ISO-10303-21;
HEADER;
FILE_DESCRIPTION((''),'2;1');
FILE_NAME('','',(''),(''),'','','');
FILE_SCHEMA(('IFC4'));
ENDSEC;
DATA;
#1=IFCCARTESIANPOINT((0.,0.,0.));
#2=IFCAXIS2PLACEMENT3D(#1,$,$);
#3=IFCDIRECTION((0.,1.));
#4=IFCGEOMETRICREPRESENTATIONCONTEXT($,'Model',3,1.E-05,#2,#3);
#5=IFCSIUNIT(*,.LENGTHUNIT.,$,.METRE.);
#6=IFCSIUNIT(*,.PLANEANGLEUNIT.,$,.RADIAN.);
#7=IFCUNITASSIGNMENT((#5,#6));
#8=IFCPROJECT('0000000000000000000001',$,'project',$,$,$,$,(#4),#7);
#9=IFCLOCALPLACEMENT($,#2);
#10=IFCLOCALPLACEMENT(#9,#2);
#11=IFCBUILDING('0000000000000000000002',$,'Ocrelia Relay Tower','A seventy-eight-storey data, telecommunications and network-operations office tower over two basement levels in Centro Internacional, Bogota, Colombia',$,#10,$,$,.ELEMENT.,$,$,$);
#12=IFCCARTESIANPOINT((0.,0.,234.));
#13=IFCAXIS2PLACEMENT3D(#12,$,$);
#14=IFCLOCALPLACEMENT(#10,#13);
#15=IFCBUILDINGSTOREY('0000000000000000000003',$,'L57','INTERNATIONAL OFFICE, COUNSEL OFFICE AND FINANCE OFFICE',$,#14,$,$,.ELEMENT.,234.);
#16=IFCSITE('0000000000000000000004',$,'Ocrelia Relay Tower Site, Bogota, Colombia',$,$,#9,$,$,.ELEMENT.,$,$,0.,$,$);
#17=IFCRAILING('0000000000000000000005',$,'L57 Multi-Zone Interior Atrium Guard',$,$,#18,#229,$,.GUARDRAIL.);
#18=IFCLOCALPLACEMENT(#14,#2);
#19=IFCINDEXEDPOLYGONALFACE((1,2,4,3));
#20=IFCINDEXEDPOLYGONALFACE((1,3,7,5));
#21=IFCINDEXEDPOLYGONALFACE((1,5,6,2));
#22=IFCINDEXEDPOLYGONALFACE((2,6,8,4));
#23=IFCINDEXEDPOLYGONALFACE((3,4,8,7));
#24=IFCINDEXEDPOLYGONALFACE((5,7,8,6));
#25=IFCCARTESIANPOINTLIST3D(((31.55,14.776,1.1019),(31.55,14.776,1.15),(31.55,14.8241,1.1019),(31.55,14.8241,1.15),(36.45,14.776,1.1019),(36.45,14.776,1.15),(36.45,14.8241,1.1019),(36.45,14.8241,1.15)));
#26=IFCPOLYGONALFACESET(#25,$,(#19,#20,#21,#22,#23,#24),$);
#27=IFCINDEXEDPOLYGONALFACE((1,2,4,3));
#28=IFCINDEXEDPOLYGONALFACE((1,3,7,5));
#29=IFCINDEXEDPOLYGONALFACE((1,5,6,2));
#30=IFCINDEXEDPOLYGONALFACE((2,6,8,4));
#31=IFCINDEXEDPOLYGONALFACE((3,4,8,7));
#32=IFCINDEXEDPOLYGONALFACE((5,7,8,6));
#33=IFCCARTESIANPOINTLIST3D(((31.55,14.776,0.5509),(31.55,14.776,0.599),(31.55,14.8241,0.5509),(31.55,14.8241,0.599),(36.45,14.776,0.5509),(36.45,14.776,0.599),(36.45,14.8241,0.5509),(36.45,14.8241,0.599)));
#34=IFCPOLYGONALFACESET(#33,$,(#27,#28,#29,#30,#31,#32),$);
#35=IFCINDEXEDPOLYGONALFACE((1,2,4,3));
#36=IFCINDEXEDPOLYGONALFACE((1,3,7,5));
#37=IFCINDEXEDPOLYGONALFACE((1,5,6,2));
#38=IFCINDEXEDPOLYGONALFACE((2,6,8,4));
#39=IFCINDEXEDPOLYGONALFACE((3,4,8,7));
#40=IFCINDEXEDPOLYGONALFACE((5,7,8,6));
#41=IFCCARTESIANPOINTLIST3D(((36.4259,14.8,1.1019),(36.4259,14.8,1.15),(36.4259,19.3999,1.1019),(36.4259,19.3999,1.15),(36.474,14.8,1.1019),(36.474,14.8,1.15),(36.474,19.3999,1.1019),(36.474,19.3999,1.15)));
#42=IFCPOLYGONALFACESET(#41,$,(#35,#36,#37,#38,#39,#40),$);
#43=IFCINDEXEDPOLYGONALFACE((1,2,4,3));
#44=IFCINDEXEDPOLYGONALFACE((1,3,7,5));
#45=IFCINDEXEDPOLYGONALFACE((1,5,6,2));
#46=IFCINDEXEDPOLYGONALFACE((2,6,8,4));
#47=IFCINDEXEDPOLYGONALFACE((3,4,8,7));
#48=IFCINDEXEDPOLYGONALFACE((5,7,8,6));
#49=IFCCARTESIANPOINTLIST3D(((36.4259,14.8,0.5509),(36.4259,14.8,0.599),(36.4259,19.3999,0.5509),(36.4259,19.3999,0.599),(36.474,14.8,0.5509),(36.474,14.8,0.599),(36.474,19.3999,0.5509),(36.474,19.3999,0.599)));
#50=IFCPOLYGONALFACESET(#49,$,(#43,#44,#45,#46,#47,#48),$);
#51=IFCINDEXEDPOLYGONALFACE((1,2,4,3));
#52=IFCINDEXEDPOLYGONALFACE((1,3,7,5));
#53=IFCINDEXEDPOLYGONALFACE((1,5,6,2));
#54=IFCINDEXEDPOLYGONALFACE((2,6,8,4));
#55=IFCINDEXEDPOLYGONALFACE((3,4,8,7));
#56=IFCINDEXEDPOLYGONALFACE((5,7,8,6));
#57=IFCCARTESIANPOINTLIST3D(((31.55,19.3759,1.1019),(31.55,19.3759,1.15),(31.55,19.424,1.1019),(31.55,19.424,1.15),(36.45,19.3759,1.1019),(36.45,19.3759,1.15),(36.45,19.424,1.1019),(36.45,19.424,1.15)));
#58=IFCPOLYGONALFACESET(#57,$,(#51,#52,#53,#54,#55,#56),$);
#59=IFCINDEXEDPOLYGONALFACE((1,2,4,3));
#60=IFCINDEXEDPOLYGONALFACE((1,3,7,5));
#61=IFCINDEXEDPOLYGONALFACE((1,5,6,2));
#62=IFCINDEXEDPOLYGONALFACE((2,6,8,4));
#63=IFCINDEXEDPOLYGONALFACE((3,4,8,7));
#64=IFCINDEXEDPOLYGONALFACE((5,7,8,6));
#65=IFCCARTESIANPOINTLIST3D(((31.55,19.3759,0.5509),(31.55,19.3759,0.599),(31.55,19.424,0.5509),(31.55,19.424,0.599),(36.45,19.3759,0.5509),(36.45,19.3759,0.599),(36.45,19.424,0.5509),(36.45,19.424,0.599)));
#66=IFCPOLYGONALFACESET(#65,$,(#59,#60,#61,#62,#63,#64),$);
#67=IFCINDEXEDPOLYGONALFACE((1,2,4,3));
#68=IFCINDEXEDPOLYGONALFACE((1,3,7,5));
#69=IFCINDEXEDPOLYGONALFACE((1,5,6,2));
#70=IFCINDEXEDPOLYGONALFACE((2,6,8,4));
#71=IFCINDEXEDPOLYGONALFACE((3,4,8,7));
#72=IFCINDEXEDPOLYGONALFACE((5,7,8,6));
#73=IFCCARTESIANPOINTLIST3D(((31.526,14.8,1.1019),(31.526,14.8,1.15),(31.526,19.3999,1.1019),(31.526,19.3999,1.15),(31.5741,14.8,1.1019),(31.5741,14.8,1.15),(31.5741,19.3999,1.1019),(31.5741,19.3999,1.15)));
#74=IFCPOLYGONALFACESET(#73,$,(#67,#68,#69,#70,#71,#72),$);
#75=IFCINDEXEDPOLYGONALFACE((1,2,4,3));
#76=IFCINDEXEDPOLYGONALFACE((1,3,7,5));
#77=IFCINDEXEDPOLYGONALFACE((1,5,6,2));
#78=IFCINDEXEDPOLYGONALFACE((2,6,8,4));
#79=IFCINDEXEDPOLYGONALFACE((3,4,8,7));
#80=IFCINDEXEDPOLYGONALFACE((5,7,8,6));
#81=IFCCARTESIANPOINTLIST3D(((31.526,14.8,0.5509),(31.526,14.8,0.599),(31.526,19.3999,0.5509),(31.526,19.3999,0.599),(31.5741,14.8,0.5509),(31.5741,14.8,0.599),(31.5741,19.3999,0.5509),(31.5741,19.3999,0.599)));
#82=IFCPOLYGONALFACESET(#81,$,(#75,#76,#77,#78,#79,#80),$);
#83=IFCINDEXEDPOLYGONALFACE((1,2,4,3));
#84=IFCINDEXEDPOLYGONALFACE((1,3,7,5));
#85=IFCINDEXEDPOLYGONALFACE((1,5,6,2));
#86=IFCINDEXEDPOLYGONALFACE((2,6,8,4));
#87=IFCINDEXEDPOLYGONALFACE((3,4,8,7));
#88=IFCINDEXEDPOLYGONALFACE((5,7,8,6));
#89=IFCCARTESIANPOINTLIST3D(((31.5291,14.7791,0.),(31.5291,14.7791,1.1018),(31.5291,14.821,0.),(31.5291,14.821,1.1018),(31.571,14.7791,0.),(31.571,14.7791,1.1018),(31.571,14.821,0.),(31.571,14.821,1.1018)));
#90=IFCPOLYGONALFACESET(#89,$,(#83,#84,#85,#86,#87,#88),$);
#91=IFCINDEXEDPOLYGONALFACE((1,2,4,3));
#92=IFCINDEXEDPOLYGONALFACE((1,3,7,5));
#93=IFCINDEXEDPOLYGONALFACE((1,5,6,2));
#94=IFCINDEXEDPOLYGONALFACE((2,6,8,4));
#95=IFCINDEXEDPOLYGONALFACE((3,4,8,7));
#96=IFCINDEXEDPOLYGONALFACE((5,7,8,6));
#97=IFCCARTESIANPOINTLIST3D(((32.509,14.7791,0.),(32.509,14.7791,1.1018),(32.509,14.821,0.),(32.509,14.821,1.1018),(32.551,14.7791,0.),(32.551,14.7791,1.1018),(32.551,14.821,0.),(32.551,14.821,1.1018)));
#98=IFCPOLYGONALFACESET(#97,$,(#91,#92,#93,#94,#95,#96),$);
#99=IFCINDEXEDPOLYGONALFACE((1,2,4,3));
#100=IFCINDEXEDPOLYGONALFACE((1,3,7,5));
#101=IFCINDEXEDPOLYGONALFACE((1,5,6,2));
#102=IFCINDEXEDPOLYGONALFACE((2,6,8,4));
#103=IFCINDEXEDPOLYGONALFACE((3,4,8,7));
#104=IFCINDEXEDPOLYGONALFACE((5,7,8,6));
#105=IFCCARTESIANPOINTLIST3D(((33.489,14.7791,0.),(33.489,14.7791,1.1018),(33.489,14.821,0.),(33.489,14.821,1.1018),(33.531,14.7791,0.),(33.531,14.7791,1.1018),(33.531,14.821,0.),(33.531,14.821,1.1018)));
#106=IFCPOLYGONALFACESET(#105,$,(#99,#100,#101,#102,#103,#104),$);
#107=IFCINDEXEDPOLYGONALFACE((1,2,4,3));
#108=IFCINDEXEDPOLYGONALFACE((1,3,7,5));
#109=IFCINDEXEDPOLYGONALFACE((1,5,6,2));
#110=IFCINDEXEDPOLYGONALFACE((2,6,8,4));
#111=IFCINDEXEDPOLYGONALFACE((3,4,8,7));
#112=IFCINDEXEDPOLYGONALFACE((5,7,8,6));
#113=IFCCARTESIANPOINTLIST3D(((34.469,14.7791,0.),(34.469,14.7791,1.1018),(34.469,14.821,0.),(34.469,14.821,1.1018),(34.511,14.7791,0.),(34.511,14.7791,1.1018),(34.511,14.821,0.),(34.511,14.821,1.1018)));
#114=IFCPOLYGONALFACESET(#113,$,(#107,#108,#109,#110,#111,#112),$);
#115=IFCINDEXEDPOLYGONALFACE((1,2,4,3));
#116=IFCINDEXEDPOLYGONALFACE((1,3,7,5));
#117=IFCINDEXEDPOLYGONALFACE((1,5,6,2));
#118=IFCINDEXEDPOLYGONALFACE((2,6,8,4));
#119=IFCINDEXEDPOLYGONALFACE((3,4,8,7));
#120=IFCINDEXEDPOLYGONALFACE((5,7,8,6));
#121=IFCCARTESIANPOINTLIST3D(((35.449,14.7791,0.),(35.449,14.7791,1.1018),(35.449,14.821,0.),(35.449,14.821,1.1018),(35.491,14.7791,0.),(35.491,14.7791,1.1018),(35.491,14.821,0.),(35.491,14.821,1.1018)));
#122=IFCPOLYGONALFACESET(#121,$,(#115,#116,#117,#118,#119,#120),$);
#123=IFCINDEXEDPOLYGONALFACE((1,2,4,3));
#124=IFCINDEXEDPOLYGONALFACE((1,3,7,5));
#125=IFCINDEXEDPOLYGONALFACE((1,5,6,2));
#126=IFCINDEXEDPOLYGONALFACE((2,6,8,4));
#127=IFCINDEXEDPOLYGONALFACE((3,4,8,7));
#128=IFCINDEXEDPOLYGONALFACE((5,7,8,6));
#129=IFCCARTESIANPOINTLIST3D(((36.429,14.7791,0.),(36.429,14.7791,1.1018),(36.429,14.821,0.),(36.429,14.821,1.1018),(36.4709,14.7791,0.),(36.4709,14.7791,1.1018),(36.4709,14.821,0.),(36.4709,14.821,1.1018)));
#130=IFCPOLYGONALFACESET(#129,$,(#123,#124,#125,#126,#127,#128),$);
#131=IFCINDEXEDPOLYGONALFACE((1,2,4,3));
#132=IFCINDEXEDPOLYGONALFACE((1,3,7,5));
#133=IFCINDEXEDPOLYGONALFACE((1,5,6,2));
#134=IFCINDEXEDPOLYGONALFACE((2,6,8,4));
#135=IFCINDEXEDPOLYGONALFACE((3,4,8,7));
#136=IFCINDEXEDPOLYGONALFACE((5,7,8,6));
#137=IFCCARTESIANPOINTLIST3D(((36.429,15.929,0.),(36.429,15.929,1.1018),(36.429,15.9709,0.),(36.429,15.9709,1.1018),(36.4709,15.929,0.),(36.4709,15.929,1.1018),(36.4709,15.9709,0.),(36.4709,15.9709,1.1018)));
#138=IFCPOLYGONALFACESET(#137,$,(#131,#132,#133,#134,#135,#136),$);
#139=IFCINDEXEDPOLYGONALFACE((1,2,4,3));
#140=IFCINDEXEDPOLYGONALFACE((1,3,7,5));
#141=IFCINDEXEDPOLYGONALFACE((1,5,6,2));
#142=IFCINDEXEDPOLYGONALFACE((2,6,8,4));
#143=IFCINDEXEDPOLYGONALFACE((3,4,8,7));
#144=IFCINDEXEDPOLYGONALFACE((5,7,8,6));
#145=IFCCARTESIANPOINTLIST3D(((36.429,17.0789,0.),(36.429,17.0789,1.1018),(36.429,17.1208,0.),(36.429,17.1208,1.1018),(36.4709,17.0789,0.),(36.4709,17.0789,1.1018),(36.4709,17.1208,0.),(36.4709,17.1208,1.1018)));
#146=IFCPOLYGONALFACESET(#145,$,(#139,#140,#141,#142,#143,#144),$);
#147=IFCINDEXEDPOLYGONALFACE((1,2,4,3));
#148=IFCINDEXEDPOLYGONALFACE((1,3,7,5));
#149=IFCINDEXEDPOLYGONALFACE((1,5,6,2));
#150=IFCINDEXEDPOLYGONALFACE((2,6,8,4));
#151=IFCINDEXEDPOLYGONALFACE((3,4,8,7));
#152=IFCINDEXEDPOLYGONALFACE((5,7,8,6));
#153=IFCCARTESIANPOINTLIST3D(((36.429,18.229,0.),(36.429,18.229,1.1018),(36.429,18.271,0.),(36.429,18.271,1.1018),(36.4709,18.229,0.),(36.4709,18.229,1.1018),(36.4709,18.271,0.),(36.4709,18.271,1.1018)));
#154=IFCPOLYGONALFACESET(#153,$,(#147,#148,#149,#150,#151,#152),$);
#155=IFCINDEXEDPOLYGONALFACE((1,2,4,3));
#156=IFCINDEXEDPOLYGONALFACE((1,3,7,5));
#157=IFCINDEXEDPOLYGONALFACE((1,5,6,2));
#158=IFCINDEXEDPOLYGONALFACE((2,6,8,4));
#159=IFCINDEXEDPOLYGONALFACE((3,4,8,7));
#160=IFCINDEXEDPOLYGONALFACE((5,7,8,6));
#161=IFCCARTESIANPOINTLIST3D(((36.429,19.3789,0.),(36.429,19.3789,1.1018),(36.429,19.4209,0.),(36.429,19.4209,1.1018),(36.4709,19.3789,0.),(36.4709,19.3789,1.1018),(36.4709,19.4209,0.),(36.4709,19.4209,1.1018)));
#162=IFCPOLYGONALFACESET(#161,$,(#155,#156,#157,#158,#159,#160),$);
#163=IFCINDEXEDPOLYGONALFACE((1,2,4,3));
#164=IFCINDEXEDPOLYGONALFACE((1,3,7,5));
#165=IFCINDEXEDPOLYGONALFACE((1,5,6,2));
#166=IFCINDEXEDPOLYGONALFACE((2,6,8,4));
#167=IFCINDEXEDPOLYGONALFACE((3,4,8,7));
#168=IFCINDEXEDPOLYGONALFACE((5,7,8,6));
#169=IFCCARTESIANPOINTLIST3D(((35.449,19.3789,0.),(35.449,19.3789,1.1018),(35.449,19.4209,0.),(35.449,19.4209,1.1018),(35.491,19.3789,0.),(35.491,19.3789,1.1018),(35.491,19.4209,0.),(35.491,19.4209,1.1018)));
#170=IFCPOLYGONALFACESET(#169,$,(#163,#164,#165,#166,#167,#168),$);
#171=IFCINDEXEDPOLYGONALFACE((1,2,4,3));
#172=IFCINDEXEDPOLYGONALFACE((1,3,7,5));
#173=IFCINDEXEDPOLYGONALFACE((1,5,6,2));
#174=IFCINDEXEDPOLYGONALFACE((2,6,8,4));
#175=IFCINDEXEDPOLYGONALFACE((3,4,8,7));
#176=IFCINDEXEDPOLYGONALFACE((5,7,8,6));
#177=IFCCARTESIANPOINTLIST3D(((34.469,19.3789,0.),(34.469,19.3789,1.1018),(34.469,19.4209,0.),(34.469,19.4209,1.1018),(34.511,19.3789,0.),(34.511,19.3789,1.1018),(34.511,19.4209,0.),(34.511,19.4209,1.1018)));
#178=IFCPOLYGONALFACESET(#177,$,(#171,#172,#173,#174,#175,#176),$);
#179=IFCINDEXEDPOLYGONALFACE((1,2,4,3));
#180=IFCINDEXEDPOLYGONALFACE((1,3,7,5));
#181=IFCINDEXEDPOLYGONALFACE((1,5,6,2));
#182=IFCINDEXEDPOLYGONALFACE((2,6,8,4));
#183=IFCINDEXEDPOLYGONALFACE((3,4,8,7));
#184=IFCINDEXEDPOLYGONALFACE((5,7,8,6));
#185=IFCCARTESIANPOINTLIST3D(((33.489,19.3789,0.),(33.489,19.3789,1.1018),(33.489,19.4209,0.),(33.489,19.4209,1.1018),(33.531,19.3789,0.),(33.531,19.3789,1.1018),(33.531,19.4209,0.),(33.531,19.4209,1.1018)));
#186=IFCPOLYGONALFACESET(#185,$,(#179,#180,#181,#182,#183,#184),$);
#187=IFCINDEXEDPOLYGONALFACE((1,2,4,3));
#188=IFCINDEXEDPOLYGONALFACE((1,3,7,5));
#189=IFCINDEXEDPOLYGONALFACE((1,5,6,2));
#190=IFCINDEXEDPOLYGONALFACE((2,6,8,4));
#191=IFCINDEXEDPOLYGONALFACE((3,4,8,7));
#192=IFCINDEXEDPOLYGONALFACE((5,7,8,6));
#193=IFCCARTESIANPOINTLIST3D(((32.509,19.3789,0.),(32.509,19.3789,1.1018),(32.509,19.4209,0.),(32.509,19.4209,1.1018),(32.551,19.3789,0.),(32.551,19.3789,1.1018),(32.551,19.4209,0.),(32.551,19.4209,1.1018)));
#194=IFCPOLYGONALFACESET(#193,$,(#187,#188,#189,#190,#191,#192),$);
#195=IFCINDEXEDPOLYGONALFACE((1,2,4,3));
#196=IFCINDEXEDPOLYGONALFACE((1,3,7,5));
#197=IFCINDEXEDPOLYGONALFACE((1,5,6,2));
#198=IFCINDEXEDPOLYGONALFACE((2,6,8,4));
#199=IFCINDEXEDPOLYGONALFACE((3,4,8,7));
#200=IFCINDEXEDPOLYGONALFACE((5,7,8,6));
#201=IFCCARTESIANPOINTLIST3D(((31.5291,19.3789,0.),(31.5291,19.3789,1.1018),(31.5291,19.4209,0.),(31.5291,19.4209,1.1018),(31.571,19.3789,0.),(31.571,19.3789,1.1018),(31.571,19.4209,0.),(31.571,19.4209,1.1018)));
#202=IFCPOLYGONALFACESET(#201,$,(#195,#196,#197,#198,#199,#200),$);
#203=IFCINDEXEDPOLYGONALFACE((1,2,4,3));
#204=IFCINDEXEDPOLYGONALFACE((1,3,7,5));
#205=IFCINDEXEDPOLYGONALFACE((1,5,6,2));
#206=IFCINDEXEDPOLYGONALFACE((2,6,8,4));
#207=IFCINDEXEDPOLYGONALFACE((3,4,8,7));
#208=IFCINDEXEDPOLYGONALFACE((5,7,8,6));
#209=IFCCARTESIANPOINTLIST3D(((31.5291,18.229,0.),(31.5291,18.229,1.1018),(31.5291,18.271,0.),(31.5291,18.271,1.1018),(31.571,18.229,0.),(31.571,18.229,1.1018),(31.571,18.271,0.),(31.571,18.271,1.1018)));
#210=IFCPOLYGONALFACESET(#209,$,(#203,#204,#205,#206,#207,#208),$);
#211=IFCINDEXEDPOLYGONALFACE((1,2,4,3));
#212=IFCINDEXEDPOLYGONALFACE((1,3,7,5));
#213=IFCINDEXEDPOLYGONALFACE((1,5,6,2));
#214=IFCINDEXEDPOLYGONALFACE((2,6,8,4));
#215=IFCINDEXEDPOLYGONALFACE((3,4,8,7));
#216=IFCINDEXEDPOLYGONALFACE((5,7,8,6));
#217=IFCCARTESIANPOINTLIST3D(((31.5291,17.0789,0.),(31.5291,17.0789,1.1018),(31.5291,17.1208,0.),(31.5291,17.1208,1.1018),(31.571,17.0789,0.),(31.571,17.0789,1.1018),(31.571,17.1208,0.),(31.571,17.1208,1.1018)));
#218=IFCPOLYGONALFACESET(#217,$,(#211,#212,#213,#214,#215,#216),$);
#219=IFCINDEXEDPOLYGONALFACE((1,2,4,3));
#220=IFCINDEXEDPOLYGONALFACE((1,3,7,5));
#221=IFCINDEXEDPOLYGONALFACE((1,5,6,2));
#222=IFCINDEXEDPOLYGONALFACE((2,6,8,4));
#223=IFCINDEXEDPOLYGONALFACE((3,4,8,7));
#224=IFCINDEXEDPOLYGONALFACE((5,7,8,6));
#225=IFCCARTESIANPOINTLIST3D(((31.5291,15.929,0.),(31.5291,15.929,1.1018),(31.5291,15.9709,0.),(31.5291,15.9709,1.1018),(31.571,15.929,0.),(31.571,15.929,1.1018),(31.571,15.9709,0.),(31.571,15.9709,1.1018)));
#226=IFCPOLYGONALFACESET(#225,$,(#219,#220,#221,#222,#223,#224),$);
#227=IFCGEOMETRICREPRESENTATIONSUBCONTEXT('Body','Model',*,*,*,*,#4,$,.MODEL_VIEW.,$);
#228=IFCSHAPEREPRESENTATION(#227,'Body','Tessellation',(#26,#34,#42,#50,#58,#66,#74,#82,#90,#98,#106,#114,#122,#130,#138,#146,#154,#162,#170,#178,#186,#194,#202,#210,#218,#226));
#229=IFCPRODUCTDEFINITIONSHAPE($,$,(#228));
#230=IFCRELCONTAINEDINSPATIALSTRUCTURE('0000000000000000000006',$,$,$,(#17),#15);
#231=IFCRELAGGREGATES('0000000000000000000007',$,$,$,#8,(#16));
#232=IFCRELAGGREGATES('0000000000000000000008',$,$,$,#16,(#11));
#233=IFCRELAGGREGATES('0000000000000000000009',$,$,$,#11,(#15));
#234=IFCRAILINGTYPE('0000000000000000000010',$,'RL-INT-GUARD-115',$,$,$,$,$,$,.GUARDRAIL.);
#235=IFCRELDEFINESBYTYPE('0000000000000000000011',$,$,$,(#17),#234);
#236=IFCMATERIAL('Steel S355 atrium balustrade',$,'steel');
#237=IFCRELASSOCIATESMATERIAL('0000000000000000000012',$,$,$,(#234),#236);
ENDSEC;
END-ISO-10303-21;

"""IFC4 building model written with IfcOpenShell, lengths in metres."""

from ifc_helpers import new_model, si_unit, direction, frame, origin, origin_2d, place, context, subcontext, project, spatial, rectangle, extrude, material, type_object, element, save


model = new_model("IFC4")

# Units and contexts
model_context = context("Model", 3, precision=1e-05, world=origin(), true_north=direction((0.0, 1.0)))
body_context = subcontext(model_context, "Body", "Model", "MODEL_VIEW")
ifc_project = project(units=[si_unit("LENGTHUNIT", "METRE"), si_unit("PLANEANGLEUNIT", "RADIAN")], contexts=[model_context])

# Site, building, storey
site_placement = place(None, origin())
site = spatial("IfcSite", under=ifc_project, at=site_placement, Name="Ocrelia Relay Tower Site, Bogota, Colombia", CompositionType="ELEMENT", RefElevation=0.0)
building_placement = place(site_placement, origin())
building = spatial("IfcBuilding", under=site, at=building_placement, Name="Ocrelia Relay Tower", Description="A seventy-eight-storey data, telecommunications and network-operations office tower over two basement levels in Centro Internacional, Bogota, Colombia", CompositionType="ELEMENT")
storey_placement = place(building_placement, frame((0.0, 0.0, 234.0)))
storey = spatial("IfcBuildingStorey", under=building, at=storey_placement, Name="L57", Description="INTERNATIONAL OFFICE, COUNSEL OFFICE AND FINANCE OFFICE", CompositionType="ELEMENT", Elevation=234.0)

# Railing
ifc_material_1 = material(Name="Steel S355 atrium balustrade", Category="steel")
railing_type = type_object("IfcRailingType", Name="RL-INT-GUARD-115", PredefinedType="GUARDRAIL", material=ifc_material_1)
railing_placement = place(storey_placement, frame((31.55, 14.8, 0.0)))
element("IfcRailing", 1, at=railing_placement, inside=storey, type_object=railing_type, Name="L57 Multi-Zone Interior Atrium Guard", PredefinedType="GUARDRAIL", context=body_context, shape_type="SweptSolid", body=[
    extrude(rectangle(XDim=0.0481, YDim=0.0481, at=origin_2d()), frame((0.0, 0.0, 1.126), z_axis=(1.0, 0.0, 0.0), x_axis=(0.0, 1.0, 0.0)), (0.0, 0.0, 1.0), 4.8999),
    extrude(rectangle(XDim=0.0481, YDim=0.0481, at=origin_2d()), frame((0.0, 0.0, 0.575), z_axis=(1.0, 0.0, 0.0), x_axis=(0.0, 1.0, 0.0)), (0.0, 0.0, 1.0), 4.8999),
    extrude(rectangle(XDim=0.0481, YDim=0.0481, at=origin_2d()), frame((4.8999, 0.0, 1.126), z_axis=(0.0, 1.0, 0.0), x_axis=(-1.0, 0.0, 0.0)), (0.0, 0.0, 1.0), 4.5999),
    extrude(rectangle(XDim=0.0481, YDim=0.0481, at=origin_2d()), frame((4.8999, 0.0, 0.575), z_axis=(0.0, 1.0, 0.0), x_axis=(-1.0, 0.0, 0.0)), (0.0, 0.0, 1.0), 4.5999),
    extrude(rectangle(XDim=0.0481, YDim=0.0481, at=origin_2d()), frame((4.8999, 4.5999, 1.126), z_axis=(-1.0, 0.0, 0.0), x_axis=(0.0, -1.0, 0.0)), (0.0, 0.0, 1.0), 4.8999),
    extrude(rectangle(XDim=0.0481, YDim=0.0481, at=origin_2d()), frame((4.8999, 4.5999, 0.575), z_axis=(-1.0, 0.0, 0.0), x_axis=(0.0, -1.0, 0.0)), (0.0, 0.0, 1.0), 4.8999),
    extrude(rectangle(XDim=0.0481, YDim=0.0481, at=origin_2d()), frame((0.0, 4.5999, 1.126), z_axis=(0.0, -1.0, 0.0), x_axis=(1.0, 0.0, 0.0)), (0.0, 0.0, 1.0), 4.5999),
    extrude(rectangle(XDim=0.0481, YDim=0.0481, at=origin_2d()), frame((0.0, 4.5999, 0.575), z_axis=(0.0, -1.0, 0.0), x_axis=(1.0, 0.0, 0.0)), (0.0, 0.0, 1.0), 4.5999),
    extrude(rectangle(XDim=0.042, YDim=0.042, at=origin_2d()), origin(), (0.0, 0.0, 1.0), 1.1018),
    extrude(rectangle(XDim=0.042, YDim=0.042, at=origin_2d()), frame((0.98, 0.0, 0.0)), (0.0, 0.0, 1.0), 1.1018),
    extrude(rectangle(XDim=0.042, YDim=0.042, at=origin_2d()), frame((1.96, 0.0, 0.0)), (0.0, 0.0, 1.0), 1.1018),
    extrude(rectangle(XDim=0.042, YDim=0.042, at=origin_2d()), frame((2.9399, 0.0, 0.0)), (0.0, 0.0, 1.0), 1.1018),
    extrude(rectangle(XDim=0.042, YDim=0.042, at=origin_2d()), frame((3.9199, 0.0, 0.0)), (0.0, 0.0, 1.0), 1.1018),
    extrude(rectangle(XDim=0.042, YDim=0.042, at=origin_2d()), frame((4.8999, 0.0, 0.0)), (0.0, 0.0, 1.0), 1.1018),
    extrude(rectangle(XDim=0.042, YDim=0.042, at=origin_2d()), frame((4.8999, 1.1499, 0.0)), (0.0, 0.0, 1.0), 1.1018),
    extrude(rectangle(XDim=0.042, YDim=0.042, at=origin_2d()), frame((4.8999, 2.2998, 0.0)), (0.0, 0.0, 1.0), 1.1018),
    extrude(rectangle(XDim=0.042, YDim=0.042, at=origin_2d()), frame((4.8999, 3.45, 0.0)), (0.0, 0.0, 1.0), 1.1018),
    extrude(rectangle(XDim=0.042, YDim=0.042, at=origin_2d()), frame((4.8999, 4.5999, 0.0)), (0.0, 0.0, 1.0), 1.1018),
    extrude(rectangle(XDim=0.042, YDim=0.042, at=origin_2d()), frame((3.9199, 4.5999, 0.0)), (0.0, 0.0, 1.0), 1.1018),
    extrude(rectangle(XDim=0.042, YDim=0.042, at=origin_2d()), frame((2.9399, 4.5999, 0.0)), (0.0, 0.0, 1.0), 1.1018),
    extrude(rectangle(XDim=0.042, YDim=0.042, at=origin_2d()), frame((1.96, 4.5999, 0.0)), (0.0, 0.0, 1.0), 1.1018),
    extrude(rectangle(XDim=0.042, YDim=0.042, at=origin_2d()), frame((0.98, 4.5999, 0.0)), (0.0, 0.0, 1.0), 1.1018),
    extrude(rectangle(XDim=0.042, YDim=0.042, at=origin_2d()), frame((0.0, 4.5999, 0.0)), (0.0, 0.0, 1.0), 1.1018),
    extrude(rectangle(XDim=0.042, YDim=0.042, at=origin_2d()), frame((0.0, 3.45, 0.0)), (0.0, 0.0, 1.0), 1.1018),
    extrude(rectangle(XDim=0.042, YDim=0.042, at=origin_2d()), frame((0.0, 2.2998, 0.0)), (0.0, 0.0, 1.0), 1.1018),
    extrude(rectangle(XDim=0.042, YDim=0.042, at=origin_2d()), frame((0.0, 1.1499, 0.0)), (0.0, 0.0, 1.0), 1.1018),
])

save(model, "model.ifc")
